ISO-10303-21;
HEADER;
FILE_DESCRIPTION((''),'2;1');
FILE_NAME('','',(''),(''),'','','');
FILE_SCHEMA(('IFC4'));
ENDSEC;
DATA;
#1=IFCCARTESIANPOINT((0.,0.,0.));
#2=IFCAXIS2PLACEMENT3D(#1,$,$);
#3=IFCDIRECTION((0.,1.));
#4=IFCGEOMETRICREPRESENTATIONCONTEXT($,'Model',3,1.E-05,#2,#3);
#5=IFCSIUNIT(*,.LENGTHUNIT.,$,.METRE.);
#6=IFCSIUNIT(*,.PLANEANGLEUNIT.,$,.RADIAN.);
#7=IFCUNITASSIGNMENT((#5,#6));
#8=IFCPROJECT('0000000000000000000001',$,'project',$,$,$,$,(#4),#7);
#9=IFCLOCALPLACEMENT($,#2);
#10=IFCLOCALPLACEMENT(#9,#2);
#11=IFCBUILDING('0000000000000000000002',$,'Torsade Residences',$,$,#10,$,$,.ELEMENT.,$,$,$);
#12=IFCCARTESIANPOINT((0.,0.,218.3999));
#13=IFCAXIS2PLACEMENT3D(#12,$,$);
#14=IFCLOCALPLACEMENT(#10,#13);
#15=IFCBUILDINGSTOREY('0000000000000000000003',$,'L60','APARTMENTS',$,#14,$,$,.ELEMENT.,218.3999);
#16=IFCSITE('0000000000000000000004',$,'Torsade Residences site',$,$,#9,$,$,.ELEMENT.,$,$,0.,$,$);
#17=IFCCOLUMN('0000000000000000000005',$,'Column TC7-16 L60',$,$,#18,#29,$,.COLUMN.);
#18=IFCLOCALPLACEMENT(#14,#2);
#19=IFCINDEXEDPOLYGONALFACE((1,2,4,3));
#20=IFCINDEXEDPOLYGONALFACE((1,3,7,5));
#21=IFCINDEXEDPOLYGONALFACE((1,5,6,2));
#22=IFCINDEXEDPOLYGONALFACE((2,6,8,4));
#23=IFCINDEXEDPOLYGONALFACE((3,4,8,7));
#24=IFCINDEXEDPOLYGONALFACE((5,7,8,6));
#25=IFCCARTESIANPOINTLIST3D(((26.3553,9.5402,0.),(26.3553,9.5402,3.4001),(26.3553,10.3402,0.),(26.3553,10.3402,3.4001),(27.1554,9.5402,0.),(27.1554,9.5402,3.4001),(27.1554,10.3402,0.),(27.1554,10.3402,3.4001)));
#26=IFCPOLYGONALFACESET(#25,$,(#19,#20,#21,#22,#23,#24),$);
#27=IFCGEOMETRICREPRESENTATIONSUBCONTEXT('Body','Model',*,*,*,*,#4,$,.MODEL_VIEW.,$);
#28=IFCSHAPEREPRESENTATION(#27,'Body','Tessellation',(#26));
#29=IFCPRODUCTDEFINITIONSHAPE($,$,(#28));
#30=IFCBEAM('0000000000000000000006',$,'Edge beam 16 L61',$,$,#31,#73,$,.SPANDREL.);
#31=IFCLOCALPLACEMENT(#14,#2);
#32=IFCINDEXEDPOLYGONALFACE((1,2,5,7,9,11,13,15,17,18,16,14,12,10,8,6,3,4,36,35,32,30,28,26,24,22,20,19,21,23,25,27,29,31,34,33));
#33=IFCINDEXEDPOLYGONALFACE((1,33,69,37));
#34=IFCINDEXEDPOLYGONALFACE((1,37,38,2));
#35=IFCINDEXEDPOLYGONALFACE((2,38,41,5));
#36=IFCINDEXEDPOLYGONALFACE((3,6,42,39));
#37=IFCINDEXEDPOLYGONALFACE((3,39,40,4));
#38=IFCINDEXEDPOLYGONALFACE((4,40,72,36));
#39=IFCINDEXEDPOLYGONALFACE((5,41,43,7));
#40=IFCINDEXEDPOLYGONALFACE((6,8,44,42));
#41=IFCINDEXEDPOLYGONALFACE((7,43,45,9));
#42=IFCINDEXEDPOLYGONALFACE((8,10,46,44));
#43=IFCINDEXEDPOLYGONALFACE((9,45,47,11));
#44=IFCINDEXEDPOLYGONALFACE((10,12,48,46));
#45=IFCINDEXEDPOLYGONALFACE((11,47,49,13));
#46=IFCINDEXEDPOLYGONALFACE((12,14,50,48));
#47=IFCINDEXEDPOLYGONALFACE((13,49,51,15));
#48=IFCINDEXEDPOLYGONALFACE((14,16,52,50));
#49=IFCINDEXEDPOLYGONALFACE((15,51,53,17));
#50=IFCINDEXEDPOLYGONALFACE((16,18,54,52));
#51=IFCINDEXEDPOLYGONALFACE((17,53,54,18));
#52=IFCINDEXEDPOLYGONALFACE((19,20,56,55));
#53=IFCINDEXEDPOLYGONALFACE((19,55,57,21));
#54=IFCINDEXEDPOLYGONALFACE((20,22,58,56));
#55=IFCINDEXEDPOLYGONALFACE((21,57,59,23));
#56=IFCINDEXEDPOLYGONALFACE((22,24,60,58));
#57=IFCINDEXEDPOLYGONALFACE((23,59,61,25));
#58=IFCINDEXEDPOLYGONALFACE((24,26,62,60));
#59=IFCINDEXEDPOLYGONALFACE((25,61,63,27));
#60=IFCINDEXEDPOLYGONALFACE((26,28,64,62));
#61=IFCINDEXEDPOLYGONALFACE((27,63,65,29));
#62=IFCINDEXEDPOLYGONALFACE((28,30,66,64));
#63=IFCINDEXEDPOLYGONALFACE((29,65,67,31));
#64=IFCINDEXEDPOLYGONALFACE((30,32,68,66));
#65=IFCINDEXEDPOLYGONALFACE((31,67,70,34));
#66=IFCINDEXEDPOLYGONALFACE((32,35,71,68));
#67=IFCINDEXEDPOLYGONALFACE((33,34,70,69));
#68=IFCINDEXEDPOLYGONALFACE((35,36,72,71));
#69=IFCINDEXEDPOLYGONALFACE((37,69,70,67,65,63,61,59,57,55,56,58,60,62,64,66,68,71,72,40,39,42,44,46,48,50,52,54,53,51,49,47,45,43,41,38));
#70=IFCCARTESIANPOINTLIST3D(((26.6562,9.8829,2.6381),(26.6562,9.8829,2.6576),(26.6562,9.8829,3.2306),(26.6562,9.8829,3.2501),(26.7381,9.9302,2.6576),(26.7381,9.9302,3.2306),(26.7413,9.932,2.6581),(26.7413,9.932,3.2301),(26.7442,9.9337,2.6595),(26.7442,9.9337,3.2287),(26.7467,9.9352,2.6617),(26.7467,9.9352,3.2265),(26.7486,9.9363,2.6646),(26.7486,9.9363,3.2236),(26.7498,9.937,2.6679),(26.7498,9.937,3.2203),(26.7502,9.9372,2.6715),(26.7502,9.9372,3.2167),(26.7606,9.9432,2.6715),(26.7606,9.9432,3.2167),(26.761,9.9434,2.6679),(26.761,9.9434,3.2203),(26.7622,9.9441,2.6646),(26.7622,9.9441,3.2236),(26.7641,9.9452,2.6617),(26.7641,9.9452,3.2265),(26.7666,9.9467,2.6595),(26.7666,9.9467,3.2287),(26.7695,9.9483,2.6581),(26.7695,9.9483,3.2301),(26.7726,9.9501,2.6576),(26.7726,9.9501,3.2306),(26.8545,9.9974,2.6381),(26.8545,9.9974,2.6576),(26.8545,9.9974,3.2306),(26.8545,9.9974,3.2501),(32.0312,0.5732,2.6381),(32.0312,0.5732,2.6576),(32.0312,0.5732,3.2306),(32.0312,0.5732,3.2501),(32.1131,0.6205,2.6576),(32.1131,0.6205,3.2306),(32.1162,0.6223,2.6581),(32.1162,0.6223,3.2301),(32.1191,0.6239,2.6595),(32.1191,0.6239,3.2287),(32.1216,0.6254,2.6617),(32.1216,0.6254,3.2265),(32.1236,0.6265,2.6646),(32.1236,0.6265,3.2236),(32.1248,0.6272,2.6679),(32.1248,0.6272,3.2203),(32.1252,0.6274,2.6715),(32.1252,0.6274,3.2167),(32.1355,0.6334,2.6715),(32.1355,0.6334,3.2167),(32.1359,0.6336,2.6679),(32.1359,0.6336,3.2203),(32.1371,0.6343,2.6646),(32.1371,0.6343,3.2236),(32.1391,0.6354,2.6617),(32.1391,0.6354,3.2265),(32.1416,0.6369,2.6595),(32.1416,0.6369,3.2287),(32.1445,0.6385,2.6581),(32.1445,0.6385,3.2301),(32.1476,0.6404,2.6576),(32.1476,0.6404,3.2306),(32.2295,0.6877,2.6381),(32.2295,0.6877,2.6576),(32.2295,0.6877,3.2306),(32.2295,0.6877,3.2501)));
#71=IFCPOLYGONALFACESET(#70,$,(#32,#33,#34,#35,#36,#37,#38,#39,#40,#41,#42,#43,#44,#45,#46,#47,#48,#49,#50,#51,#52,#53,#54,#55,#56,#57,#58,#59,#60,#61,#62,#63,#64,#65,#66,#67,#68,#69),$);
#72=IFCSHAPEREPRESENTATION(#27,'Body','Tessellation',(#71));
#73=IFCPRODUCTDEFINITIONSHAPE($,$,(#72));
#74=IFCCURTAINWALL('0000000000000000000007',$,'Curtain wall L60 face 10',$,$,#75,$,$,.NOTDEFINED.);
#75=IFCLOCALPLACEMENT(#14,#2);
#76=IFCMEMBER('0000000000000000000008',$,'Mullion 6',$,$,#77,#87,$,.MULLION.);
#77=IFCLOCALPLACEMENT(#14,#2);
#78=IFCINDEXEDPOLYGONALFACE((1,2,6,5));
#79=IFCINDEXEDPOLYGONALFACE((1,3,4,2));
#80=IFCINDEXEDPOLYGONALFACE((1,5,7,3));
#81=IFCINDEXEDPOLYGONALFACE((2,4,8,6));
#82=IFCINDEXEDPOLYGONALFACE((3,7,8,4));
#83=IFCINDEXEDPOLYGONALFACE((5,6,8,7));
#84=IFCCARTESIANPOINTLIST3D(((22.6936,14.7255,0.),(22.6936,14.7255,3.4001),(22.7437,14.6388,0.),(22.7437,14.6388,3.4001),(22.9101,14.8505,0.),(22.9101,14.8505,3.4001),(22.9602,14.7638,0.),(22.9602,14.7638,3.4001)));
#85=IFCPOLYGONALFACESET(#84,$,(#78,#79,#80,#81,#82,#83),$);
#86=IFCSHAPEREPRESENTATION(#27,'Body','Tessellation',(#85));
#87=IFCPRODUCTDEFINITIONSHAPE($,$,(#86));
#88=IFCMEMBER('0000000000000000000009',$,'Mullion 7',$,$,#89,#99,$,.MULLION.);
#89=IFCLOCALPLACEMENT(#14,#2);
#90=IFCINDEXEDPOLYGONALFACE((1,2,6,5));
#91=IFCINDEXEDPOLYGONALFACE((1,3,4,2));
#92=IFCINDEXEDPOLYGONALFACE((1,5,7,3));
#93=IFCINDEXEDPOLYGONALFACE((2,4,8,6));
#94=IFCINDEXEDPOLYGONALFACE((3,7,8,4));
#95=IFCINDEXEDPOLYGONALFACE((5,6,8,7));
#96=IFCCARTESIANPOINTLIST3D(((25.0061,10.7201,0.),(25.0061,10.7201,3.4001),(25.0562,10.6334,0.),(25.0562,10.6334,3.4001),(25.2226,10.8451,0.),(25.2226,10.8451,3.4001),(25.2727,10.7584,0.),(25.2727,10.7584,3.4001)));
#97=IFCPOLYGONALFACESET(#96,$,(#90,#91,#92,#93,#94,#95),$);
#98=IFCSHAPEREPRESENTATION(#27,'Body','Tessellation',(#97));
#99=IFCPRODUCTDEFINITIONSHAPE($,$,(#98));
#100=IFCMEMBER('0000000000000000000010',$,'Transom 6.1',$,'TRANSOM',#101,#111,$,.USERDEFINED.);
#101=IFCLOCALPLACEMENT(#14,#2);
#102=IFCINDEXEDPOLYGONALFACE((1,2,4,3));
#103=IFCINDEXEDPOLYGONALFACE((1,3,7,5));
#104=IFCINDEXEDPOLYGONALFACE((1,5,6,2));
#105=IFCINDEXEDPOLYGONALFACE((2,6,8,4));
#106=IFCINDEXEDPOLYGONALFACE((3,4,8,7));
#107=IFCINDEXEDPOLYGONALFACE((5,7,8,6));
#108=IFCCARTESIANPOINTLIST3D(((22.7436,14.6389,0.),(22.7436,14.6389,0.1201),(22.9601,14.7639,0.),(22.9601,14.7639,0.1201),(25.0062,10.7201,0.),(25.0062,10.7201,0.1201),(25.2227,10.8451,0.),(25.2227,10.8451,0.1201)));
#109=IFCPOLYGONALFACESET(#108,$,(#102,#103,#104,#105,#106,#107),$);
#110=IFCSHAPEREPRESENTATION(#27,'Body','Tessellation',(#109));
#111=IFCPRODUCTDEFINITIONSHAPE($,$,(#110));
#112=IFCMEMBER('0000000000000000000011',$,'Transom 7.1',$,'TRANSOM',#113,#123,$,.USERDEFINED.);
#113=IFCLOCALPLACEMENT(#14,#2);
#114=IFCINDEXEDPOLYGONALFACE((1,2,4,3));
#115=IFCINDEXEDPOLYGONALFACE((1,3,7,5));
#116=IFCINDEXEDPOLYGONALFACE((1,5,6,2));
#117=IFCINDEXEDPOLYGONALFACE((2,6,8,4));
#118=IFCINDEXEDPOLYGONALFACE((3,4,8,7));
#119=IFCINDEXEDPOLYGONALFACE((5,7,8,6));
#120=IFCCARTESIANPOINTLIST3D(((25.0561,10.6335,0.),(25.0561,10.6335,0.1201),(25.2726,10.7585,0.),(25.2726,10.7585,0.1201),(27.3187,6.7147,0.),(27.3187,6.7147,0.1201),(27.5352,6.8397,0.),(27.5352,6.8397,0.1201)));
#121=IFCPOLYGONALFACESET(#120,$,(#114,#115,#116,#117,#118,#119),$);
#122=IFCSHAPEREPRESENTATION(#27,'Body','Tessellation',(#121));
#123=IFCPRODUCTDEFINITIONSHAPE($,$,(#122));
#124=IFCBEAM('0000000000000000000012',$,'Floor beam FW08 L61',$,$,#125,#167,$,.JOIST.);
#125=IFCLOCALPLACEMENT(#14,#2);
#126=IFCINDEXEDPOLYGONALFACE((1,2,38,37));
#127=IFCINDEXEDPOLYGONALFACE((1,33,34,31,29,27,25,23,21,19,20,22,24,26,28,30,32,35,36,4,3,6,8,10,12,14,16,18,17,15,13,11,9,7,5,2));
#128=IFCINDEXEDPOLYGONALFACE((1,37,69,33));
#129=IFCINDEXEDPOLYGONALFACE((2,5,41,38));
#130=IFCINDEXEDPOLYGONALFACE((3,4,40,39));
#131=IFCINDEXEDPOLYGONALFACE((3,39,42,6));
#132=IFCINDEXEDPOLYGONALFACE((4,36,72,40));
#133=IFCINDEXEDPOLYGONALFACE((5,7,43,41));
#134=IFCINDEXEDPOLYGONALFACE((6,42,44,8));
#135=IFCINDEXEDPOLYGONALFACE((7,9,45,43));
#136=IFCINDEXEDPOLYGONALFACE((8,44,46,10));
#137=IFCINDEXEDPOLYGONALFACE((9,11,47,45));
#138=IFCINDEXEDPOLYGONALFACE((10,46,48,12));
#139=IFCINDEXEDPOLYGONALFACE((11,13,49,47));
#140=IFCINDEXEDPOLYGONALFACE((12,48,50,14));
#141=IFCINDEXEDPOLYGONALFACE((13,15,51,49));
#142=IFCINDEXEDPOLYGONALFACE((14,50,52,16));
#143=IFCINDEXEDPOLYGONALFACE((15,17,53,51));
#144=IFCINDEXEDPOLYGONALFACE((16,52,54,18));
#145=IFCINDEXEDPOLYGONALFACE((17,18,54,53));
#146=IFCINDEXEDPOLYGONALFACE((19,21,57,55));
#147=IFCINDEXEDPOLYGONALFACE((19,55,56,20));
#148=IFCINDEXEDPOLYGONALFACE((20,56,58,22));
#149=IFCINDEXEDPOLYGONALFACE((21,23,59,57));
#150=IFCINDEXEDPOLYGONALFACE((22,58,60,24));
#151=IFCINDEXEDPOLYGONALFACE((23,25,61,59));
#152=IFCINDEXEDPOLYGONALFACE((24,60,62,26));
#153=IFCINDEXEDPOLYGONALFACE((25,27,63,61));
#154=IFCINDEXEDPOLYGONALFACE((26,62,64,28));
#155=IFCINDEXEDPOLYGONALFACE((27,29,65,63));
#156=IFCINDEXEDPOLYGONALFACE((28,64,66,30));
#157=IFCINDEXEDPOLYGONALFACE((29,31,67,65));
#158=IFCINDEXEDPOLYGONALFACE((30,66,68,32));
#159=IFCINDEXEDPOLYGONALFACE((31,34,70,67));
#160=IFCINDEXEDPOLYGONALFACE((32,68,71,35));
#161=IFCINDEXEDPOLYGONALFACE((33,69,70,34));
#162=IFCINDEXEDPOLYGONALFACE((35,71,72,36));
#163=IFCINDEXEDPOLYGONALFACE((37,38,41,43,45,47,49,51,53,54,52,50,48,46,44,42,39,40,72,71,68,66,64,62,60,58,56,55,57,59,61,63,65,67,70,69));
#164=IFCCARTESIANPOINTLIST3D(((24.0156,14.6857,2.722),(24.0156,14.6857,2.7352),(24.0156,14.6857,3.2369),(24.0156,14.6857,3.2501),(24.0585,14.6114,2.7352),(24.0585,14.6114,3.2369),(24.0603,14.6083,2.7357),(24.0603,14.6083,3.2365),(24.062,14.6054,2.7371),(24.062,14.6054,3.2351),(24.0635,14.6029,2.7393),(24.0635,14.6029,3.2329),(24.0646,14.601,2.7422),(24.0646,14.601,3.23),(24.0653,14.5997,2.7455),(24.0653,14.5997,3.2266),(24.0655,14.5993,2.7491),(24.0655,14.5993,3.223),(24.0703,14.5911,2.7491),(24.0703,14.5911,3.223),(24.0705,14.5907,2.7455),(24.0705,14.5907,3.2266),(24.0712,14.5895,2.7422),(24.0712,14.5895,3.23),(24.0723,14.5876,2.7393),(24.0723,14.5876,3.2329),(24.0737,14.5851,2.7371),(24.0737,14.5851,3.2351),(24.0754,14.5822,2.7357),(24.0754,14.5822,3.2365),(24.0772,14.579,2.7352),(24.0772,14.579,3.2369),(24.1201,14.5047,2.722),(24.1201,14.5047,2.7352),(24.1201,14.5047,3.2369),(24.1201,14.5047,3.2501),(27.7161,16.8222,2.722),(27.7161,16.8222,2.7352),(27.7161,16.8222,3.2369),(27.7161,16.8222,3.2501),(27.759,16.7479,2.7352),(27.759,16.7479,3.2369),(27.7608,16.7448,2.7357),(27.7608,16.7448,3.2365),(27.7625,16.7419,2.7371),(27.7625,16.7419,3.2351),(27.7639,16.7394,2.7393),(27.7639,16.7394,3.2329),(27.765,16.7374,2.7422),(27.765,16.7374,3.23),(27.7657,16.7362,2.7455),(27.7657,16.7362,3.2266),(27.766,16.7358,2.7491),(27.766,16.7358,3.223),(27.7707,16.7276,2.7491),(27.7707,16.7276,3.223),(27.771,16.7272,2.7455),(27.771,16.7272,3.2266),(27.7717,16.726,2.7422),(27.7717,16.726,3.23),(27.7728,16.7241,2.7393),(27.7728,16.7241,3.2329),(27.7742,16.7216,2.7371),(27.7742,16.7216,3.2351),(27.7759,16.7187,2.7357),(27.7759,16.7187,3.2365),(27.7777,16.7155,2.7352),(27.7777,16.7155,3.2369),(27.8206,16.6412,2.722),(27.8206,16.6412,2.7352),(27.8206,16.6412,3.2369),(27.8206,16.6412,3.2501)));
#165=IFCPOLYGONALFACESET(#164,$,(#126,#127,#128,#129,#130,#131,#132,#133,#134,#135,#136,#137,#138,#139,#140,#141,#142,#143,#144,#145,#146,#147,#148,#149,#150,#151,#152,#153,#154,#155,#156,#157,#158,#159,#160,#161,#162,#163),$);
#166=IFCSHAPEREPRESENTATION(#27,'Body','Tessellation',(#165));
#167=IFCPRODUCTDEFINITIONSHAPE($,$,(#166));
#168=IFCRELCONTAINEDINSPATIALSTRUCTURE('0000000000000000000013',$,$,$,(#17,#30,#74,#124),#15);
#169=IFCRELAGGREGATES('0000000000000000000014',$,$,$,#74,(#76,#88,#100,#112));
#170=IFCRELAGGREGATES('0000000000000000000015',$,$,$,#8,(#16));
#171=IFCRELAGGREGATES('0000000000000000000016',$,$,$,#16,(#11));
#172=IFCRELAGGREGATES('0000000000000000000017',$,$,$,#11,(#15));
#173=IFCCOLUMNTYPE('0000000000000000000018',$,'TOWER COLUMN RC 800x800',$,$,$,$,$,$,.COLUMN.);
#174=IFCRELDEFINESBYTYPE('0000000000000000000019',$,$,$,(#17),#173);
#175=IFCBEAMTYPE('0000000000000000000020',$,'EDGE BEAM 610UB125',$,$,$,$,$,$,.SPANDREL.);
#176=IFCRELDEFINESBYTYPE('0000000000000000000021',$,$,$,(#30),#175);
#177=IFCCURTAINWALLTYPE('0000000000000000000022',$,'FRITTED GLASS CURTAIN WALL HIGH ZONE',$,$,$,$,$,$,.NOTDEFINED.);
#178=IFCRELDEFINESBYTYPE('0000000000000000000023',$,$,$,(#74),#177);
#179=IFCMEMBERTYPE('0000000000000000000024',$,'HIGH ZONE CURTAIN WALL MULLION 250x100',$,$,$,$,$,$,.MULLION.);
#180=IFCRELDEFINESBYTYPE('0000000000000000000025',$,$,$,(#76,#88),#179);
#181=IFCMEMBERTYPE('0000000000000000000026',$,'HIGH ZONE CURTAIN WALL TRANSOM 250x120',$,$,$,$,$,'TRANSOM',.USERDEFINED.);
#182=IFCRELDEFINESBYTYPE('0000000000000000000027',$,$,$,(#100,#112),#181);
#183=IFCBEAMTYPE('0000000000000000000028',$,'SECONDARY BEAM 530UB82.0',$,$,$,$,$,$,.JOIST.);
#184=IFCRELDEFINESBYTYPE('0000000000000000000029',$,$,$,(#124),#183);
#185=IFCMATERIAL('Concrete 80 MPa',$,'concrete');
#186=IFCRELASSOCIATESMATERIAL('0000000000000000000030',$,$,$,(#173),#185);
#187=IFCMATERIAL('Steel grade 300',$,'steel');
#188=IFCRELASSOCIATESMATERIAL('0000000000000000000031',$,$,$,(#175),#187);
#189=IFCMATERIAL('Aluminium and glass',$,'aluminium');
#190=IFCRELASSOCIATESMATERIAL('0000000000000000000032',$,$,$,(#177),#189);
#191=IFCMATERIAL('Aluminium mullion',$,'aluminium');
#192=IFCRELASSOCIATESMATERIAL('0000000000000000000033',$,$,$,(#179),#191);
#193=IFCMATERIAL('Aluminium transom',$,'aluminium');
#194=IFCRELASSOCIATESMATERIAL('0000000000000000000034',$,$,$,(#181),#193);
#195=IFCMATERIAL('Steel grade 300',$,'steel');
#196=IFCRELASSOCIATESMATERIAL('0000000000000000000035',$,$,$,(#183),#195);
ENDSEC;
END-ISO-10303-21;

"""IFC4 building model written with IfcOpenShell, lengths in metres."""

from ifc_helpers import new_model, si_unit, direction, frame, origin, origin_2d, place, context, subcontext, project, spatial, rectangle, i_section, extrude, material, material_profile, profile_set, type_object, element, aggregate, save


model = new_model("IFC4")

# Units and contexts
model_context = context("Model", 3, precision=1e-05, world=origin(), true_north=direction((0.0, 1.0)))
body_context = subcontext(model_context, "Body", "Model", "MODEL_VIEW")
ifc_project = project(units=[si_unit("LENGTHUNIT", "METRE"), si_unit("PLANEANGLEUNIT", "RADIAN")], contexts=[model_context])

# Site, building, storey
site_placement = place(None, origin())
site = spatial("IfcSite", under=ifc_project, at=site_placement, Name="Torsade Residences site", CompositionType="ELEMENT", RefElevation=0.0)
building_placement = place(site_placement, origin())
building = spatial("IfcBuilding", under=site, at=building_placement, Name="Torsade Residences", CompositionType="ELEMENT")
storey_placement = place(building_placement, frame((0.0, 0.0, 218.3999)))
storey = spatial("IfcBuildingStorey", under=building, at=storey_placement, Name="L60", Description="APARTMENTS", CompositionType="ELEMENT", Elevation=218.3999)

# Column
ifc_material_1 = material(Name="Concrete 80 MPa", Category="concrete")
ifc_material_profile_1 = material_profile(ifc_material_1, rectangle(XDim=0.8, YDim=0.8, at=origin_2d()), Name="RC 800x800")
ifc_profile_set_1 = profile_set([ifc_material_profile_1], Name="Concrete 80 MPa")
column_type = type_object("IfcColumnType", Name="TOWER COLUMN RC 800x800", PredefinedType="COLUMN", material=ifc_profile_set_1)
column_placement = place(storey_placement, frame((26.7554, 9.9402, 0.0), z_axis=(0.0, 0.0, 1.0), x_axis=(1.0, 0.0, 0.0)))
element("IfcColumn", 1, at=column_placement, inside=storey, type_object=column_type, Name="Column TC7-16 L60", PredefinedType="COLUMN", context=body_context, shape_type="SweptSolid", body=[
    extrude(rectangle(XDim=0.8, YDim=0.8, at=origin_2d()), origin(), (0.0, 0.0, 1.0), 3.4001),
])

# Beam
ifc_material_2 = material(Name="Steel grade 300", Category="steel")
ifc_material_profile_2 = material_profile(ifc_material_2, i_section(OverallWidth=0.229, OverallDepth=0.6121, WebThickness=0.012, FlangeThickness=0.0195, FilletRadius=0.0139, at=origin_2d()), Name="610UB125")
ifc_profile_set_2 = profile_set([ifc_material_profile_2], Name="Steel grade 300")
beam_type_1 = type_object("IfcBeamType", Name="EDGE BEAM 610UB125", PredefinedType="SPANDREL", material=ifc_profile_set_2)
beam_1_placement = place(storey_placement, frame((26.7554, 9.9402, 2.9441), z_axis=(0.499998, -0.866026, 0.0), x_axis=(0.866026, 0.499998, 0.0)))
element("IfcBeam", 2, at=beam_1_placement, inside=storey, type_object=beam_type_1, Name="Edge beam 16 L61", PredefinedType="SPANDREL", context=body_context, shape_type="SweptSolid", body=[
    extrude(i_section(OverallWidth=0.229, OverallDepth=0.6121, WebThickness=0.012, FlangeThickness=0.0195, FilletRadius=0.0139, at=origin_2d()), origin(), (0.0, 0.0, 1.0), 10.75),
])

# Curtain wall, members
ifc_material_3 = material(Name="Aluminium and glass", Category="aluminium")
curtain_wall_type = type_object("IfcCurtainWallType", Name="FRITTED GLASS CURTAIN WALL HIGH ZONE", PredefinedType="NOTDEFINED", material=ifc_material_3)
curtain_wall_placement = place(storey_placement, origin())
curtain_wall = element("IfcCurtainWall", 3, at=curtain_wall_placement, inside=storey, type_object=curtain_wall_type, Name="Curtain wall L60 face 10", PredefinedType="NOTDEFINED")
ifc_material_4 = material(Name="Aluminium mullion", Category="aluminium")
ifc_material_profile_3 = material_profile(ifc_material_4, rectangle(XDim=0.25, YDim=0.1001, at=origin_2d()), Name="HIGH ZONE CURTAIN WALL MULLION 250x100")
ifc_profile_set_3 = profile_set([ifc_material_profile_3], Name="Aluminium mullion")
member_type_1 = type_object("IfcMemberType", Name="HIGH ZONE CURTAIN WALL MULLION 250x100", PredefinedType="MULLION", material=ifc_profile_set_3)
member_1_placement = place(storey_placement, frame((22.8269, 14.7446, 0.0), z_axis=(0.0, 0.0, 1.0), x_axis=(0.866025, 0.5, 0.0)))
member_1 = element("IfcMember", 4, at=member_1_placement, type_object=member_type_1, Name="Mullion 6", PredefinedType="MULLION", context=body_context, shape_type="SweptSolid", body=[
    extrude(rectangle(XDim=0.25, YDim=0.1001, at=origin_2d()), origin(), (0.0, 0.0, 1.0), 3.4001),
])
member_2_placement = place(storey_placement, frame((25.1394, 10.7393, 0.0), z_axis=(0.0, 0.0, 1.0), x_axis=(0.866025, 0.5, 0.0)))
member_2 = element("IfcMember", 5, at=member_2_placement, type_object=member_type_1, Name="Mullion 7", PredefinedType="MULLION", context=body_context, shape_type="SweptSolid", body=[
    extrude(rectangle(XDim=0.25, YDim=0.1001, at=origin_2d()), origin(), (0.0, 0.0, 1.0), 3.4001),
])
ifc_material_5 = material(Name="Aluminium transom", Category="aluminium")
ifc_material_profile_4 = material_profile(ifc_material_5, rectangle(XDim=0.25, YDim=0.1201, at=origin_2d()), Name="HIGH ZONE CURTAIN WALL TRANSOM 250x120")
ifc_profile_set_4 = profile_set([ifc_material_profile_4], Name="Aluminium transom")
member_type_2 = type_object("IfcMemberType", Name="HIGH ZONE CURTAIN WALL TRANSOM 250x120", ElementType="TRANSOM", PredefinedType="USERDEFINED", material=ifc_profile_set_4)
member_3_placement = place(storey_placement, frame((22.8518, 14.7014, 0.0601), z_axis=(0.500015, -0.866017, 0.0), x_axis=(0.866017, 0.500015, 0.0)))
member_3 = element("IfcMember", 6, at=member_3_placement, type_object=member_type_2, Name="Transom 6.1", ObjectType="TRANSOM", PredefinedType="USERDEFINED", context=body_context, shape_type="SweptSolid", body=[
    extrude(rectangle(XDim=0.25, YDim=0.1201, at=origin_2d()), origin(), (0.0, 0.0, 1.0), 4.5251),
])
member_4_placement = place(storey_placement, frame((25.1643, 10.696, 0.0601), z_axis=(0.500015, -0.866017, 0.0), x_axis=(0.866017, 0.500015, 0.0)))
member_4 = element("IfcMember", 7, at=member_4_placement, type_object=member_type_2, Name="Transom 7.1", ObjectType="TRANSOM", PredefinedType="USERDEFINED", context=body_context, shape_type="SweptSolid", body=[
    extrude(rectangle(XDim=0.25, YDim=0.1201, at=origin_2d()), origin(), (0.0, 0.0, 1.0), 4.5251),
])

# Beam
ifc_material_6 = material(Name="Steel grade 300", Category="steel")
ifc_material_profile_5 = material_profile(ifc_material_6, i_section(OverallWidth=0.209, OverallDepth=0.5281, WebThickness=0.0095, FlangeThickness=0.0132, FilletRadius=0.0139, at=origin_2d()), Name="530UB82.0")
ifc_profile_set_5 = profile_set([ifc_material_profile_5], Name="Steel grade 300")
beam_type_2 = type_object("IfcBeamType", Name="SECONDARY BEAM 530UB82.0", PredefinedType="JOIST", material=ifc_profile_set_5)
beam_2_placement = place(storey_placement, frame((24.0679, 14.5952, 2.9861), z_axis=(0.866023, 0.500004, 0.0), x_axis=(-0.500004, 0.866023, 0.0)))
element("IfcBeam", 8, at=beam_2_placement, inside=storey, type_object=beam_type_2, Name="Floor beam FW08 L61", PredefinedType="JOIST", context=body_context, shape_type="SweptSolid", body=[
    extrude(i_section(OverallWidth=0.209, OverallDepth=0.5281, WebThickness=0.0095, FlangeThickness=0.0132, FilletRadius=0.0139, at=origin_2d()), origin(), (0.0, 0.0, 1.0), 4.2729),
])

aggregate(curtain_wall, [member_1, member_2, member_3, member_4])

save(model, "model.ifc")
